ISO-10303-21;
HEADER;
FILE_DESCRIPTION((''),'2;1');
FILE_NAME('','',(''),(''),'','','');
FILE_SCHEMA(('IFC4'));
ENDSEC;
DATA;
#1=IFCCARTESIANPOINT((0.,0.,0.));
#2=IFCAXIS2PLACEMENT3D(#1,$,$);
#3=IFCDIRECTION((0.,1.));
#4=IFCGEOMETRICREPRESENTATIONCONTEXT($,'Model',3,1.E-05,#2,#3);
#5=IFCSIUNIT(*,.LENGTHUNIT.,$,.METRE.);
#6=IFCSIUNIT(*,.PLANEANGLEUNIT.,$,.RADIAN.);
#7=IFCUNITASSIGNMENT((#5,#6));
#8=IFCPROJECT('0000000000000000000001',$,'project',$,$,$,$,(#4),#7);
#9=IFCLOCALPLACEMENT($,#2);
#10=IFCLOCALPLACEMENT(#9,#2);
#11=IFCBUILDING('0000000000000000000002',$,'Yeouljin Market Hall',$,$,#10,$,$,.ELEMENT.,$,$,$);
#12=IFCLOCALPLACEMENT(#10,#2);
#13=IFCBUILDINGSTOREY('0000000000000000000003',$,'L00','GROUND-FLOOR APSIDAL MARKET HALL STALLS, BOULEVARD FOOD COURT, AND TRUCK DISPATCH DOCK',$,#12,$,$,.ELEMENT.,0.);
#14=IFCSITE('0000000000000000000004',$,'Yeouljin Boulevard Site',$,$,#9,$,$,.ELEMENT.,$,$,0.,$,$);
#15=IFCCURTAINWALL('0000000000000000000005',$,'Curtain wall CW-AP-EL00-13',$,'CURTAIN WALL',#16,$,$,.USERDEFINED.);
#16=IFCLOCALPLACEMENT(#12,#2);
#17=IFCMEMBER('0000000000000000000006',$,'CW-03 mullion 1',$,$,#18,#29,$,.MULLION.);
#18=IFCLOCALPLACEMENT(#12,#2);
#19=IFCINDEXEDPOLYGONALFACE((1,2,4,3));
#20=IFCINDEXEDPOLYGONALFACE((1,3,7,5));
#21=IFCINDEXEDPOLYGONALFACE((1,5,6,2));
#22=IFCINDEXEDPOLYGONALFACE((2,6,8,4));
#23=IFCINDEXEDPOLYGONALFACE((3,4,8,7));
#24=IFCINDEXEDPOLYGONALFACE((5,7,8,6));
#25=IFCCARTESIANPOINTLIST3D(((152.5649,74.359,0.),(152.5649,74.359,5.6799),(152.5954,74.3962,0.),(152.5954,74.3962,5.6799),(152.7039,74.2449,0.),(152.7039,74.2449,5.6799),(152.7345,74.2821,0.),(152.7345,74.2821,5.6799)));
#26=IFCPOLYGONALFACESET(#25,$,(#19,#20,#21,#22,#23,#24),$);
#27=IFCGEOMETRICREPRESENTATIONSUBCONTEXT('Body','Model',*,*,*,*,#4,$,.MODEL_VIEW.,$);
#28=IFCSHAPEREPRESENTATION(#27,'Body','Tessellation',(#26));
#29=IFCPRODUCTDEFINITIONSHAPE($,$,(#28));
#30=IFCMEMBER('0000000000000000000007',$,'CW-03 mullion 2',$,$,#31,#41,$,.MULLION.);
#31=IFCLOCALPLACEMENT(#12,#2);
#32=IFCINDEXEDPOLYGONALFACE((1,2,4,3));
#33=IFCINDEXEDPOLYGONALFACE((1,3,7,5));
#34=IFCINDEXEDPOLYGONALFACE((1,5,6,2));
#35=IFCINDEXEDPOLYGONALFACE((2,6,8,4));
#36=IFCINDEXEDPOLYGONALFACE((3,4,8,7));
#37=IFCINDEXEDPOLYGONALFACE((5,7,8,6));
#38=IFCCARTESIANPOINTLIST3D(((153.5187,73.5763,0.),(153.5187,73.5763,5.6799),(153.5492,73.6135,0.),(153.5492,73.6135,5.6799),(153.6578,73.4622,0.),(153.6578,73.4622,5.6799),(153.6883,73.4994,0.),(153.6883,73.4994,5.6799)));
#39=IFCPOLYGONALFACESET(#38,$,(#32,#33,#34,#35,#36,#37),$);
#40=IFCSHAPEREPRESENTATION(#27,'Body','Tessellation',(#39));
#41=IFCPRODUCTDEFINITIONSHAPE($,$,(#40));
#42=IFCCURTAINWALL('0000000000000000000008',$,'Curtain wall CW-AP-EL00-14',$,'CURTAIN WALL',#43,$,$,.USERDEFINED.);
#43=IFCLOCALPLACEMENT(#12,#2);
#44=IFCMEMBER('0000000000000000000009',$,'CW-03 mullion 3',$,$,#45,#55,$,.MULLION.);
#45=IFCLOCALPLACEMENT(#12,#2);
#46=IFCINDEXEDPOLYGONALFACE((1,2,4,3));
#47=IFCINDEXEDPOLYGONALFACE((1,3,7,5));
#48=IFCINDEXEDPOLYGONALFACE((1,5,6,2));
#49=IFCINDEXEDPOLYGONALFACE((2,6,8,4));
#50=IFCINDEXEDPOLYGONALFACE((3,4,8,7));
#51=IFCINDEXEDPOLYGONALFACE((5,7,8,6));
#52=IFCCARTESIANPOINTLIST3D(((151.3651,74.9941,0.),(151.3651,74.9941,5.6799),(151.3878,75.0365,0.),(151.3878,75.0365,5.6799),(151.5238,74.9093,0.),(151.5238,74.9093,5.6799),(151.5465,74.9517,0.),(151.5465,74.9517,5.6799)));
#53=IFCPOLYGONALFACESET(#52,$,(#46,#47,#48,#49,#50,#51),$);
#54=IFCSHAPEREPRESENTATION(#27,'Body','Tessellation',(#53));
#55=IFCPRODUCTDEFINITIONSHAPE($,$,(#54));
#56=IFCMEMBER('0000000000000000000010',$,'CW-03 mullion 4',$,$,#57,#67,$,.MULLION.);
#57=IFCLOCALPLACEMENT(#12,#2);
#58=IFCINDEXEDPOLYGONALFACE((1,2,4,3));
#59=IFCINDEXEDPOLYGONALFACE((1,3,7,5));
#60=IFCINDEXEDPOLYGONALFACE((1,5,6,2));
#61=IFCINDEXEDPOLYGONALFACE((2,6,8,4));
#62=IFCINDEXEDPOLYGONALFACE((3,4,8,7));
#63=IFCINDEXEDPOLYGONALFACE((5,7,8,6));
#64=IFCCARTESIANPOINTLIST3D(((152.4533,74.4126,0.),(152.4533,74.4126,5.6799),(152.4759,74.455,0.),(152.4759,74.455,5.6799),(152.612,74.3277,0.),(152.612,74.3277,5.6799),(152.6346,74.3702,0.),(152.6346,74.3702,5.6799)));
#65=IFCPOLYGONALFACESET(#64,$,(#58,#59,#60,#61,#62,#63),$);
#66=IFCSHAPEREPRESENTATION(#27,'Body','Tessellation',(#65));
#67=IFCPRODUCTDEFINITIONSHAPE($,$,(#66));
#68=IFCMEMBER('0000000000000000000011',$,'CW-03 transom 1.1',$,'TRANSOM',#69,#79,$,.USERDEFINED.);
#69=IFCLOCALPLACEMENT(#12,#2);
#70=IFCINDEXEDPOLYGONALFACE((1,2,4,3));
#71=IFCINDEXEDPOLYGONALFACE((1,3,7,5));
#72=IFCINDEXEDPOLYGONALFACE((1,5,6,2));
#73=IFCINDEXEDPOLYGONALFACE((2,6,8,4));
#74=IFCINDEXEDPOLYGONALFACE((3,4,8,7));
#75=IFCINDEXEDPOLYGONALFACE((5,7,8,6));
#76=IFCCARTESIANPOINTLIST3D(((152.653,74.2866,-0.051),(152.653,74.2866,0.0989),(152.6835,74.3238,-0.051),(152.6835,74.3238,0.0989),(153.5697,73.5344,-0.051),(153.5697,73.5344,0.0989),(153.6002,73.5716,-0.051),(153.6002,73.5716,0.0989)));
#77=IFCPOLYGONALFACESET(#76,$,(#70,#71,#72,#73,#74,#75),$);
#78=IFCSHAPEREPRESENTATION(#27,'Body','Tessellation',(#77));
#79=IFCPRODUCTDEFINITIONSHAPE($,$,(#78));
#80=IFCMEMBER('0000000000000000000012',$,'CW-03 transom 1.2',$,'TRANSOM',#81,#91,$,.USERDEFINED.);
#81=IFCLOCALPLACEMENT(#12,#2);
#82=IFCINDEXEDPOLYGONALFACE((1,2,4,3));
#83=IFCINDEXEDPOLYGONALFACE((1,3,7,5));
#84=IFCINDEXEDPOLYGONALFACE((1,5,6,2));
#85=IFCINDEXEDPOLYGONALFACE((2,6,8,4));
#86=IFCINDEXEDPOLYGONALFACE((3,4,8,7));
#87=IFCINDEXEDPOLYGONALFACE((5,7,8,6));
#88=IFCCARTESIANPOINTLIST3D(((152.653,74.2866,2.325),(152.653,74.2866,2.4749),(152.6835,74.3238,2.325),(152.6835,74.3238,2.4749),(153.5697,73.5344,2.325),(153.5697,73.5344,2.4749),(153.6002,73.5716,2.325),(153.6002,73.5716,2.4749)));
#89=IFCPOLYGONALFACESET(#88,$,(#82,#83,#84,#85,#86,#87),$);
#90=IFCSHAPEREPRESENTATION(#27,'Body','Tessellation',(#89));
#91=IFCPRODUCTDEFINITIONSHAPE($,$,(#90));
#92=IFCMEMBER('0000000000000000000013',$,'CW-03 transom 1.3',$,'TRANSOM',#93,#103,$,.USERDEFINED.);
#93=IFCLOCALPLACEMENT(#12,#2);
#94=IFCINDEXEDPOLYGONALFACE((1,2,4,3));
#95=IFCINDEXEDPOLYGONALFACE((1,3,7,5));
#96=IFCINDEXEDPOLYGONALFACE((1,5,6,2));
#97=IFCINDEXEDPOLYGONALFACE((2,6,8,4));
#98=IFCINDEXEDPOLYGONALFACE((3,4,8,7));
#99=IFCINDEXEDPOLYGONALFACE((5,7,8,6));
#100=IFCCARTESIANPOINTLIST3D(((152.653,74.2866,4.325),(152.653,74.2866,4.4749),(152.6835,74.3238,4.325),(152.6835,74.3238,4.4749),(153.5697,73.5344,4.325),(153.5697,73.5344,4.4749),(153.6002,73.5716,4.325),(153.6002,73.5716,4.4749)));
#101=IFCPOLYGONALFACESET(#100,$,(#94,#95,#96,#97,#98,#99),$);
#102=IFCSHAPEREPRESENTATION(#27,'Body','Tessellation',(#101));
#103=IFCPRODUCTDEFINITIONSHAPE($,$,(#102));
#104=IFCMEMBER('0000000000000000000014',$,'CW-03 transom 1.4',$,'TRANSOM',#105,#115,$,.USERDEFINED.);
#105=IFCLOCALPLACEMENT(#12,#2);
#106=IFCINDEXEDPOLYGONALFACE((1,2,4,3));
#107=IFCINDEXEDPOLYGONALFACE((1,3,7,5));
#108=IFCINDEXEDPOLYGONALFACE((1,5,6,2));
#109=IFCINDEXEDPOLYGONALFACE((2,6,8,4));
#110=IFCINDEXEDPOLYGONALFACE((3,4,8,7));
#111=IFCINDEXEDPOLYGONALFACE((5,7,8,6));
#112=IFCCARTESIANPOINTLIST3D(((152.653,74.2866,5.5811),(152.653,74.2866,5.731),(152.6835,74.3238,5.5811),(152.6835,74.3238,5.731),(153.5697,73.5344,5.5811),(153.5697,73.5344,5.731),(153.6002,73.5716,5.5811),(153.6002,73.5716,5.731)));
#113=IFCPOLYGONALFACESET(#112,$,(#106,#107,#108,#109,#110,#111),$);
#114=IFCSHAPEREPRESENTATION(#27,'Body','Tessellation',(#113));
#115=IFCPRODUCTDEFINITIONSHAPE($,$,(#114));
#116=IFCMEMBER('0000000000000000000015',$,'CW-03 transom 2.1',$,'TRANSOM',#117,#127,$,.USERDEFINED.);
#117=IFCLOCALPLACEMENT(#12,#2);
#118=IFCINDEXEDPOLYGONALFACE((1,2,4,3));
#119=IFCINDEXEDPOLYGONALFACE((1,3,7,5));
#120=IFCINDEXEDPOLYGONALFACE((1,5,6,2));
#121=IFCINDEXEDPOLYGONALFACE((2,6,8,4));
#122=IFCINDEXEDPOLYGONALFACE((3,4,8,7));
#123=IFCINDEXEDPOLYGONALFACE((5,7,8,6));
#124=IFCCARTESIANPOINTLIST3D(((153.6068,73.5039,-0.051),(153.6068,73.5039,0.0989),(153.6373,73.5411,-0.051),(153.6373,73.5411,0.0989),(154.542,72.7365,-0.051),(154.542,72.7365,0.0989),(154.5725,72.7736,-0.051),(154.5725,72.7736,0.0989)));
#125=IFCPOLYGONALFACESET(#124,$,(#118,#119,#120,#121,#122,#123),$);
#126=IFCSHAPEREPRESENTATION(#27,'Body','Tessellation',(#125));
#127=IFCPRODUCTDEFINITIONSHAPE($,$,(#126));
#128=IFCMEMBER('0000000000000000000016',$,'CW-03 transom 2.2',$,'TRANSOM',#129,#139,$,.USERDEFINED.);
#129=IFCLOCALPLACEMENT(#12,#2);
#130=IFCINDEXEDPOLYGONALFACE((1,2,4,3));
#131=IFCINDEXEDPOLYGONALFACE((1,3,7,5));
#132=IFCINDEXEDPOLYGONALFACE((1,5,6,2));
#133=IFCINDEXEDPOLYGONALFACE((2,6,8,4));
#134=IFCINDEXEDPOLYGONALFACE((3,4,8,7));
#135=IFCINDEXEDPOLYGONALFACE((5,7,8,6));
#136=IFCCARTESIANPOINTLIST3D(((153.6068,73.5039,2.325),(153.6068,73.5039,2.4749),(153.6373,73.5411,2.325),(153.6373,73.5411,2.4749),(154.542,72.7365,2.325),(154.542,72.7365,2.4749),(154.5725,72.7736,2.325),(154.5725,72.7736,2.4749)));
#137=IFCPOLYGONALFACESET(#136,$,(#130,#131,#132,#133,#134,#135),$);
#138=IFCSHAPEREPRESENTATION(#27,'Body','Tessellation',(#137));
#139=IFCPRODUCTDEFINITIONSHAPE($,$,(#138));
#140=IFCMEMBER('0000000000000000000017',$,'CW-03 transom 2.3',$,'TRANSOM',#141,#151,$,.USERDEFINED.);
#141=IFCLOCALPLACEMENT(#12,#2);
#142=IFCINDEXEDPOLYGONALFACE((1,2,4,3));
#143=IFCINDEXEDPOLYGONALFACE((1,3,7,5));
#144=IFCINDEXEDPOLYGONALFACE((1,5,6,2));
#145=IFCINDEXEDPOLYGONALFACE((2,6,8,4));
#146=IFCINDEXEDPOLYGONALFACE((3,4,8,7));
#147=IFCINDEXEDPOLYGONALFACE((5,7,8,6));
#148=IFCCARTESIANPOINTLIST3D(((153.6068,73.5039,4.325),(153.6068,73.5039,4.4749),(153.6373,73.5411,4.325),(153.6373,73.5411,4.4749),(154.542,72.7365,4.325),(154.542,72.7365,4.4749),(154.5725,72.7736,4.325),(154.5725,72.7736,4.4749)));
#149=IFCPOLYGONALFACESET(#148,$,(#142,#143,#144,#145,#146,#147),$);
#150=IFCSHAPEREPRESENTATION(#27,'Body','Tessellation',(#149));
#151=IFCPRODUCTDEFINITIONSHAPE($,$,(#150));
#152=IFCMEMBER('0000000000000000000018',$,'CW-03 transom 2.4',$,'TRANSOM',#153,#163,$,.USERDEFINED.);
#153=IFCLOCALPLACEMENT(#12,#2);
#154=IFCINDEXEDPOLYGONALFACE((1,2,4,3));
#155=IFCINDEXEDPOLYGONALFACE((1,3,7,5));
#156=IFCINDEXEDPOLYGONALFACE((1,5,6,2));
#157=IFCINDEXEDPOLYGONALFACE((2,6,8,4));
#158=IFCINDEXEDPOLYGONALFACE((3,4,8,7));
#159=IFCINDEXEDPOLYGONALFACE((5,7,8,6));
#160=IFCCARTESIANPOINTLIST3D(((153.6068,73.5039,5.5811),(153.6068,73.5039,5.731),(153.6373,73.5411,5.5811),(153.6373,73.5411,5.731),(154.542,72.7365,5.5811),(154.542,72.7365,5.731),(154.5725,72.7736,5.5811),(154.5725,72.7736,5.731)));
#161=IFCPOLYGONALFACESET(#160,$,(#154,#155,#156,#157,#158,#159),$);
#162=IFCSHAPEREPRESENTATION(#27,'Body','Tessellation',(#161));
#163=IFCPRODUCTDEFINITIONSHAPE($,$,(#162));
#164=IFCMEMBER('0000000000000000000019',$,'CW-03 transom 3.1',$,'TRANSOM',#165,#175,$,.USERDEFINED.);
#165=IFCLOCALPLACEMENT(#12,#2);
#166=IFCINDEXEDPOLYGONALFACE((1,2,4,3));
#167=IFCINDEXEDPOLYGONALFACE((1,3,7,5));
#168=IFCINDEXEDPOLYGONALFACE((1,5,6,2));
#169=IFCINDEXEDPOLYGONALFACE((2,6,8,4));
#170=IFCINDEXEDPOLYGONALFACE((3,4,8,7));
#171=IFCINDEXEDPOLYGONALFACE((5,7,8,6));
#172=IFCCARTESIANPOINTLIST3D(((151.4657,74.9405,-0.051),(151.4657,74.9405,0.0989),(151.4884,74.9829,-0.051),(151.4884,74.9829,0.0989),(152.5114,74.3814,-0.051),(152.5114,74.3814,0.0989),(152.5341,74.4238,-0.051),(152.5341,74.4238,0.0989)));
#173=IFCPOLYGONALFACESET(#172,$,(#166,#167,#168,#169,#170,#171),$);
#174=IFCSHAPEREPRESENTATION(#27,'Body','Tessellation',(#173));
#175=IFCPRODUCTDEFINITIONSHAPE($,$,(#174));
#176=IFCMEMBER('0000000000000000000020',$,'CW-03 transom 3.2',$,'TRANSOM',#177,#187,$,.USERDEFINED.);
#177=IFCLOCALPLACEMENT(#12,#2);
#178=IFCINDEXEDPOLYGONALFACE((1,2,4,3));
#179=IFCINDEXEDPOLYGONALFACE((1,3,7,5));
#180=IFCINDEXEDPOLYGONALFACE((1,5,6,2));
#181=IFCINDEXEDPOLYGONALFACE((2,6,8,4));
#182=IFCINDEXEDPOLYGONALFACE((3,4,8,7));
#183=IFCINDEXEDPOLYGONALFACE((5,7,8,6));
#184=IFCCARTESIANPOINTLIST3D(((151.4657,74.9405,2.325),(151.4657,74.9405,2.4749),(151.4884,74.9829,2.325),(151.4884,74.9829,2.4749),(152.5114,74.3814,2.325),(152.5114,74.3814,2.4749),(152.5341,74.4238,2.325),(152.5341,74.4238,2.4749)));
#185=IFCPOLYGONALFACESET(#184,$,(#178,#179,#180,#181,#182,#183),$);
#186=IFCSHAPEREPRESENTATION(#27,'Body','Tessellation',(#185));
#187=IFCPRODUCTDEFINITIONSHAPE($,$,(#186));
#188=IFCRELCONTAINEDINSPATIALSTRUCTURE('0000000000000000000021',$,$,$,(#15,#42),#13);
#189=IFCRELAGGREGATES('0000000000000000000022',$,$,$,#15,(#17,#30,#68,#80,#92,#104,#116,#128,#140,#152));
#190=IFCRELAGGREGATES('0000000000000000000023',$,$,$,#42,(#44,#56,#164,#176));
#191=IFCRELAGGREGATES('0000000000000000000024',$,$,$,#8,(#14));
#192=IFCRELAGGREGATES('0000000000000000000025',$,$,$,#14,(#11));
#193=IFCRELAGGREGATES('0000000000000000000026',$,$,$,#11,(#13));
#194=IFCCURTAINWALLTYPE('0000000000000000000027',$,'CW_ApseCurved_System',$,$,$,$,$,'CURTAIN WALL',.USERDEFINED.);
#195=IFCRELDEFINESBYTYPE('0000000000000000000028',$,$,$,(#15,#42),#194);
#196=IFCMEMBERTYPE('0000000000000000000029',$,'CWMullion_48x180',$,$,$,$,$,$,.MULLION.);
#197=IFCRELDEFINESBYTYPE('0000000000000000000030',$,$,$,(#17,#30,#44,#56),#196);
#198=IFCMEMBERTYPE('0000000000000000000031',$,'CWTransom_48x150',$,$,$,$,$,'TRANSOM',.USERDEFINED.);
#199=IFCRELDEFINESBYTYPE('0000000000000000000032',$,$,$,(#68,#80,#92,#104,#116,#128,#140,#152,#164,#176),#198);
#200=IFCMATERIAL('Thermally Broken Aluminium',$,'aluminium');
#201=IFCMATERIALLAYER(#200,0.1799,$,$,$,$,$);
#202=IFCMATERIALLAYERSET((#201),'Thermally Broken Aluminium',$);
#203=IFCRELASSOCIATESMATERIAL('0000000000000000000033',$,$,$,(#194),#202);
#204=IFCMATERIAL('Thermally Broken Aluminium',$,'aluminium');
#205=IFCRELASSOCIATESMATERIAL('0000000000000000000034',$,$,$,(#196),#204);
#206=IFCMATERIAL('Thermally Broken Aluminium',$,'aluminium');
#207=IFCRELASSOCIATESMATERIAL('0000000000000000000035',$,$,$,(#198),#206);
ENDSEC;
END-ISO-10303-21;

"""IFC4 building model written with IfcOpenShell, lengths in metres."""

from ifc_helpers import new_model, si_unit, direction, frame, origin, origin_2d, place, context, subcontext, project, spatial, rectangle, extrude, material, layer, layer_set, material_profile, profile_set, type_object, element, aggregate, save


model = new_model("IFC4")

# Units and contexts
model_context = context("Model", 3, precision=1e-05, world=origin(), true_north=direction((0.0, 1.0)))
body_context = subcontext(model_context, "Body", "Model", "MODEL_VIEW")
ifc_project = project(units=[si_unit("LENGTHUNIT", "METRE"), si_unit("PLANEANGLEUNIT", "RADIAN")], contexts=[model_context])

# Site, building, storey
site_placement = place(None, origin())
site = spatial("IfcSite", under=ifc_project, at=site_placement, Name="Yeouljin Boulevard Site", CompositionType="ELEMENT", RefElevation=0.0)
building_placement = place(site_placement, origin())
building = spatial("IfcBuilding", under=site, at=building_placement, Name="Yeouljin Market Hall", CompositionType="ELEMENT")
storey_placement = place(building_placement, origin())
storey = spatial("IfcBuildingStorey", under=building, at=storey_placement, Name="L00", Description="GROUND-FLOOR APSIDAL MARKET HALL STALLS, BOULEVARD FOOD COURT, AND TRUCK DISPATCH DOCK", CompositionType="ELEMENT", Elevation=0.0)

# Curtain walls, members
ifc_material_1 = material(Name="Thermally Broken Aluminium", Category="aluminium")
ifc_layer_1 = layer(ifc_material_1, 0.1799)
ifc_layer_set_1 = layer_set([ifc_layer_1], Name="Thermally Broken Aluminium")
curtain_wall_type = type_object("IfcCurtainWallType", Name="CW_ApseCurved_System", ElementType="CURTAIN WALL", PredefinedType="USERDEFINED", material=ifc_layer_set_1)
curtain_wall_1_placement = place(storey_placement, origin())
curtain_wall_1 = element("IfcCurtainWall", 1, at=curtain_wall_1_placement, inside=storey, type_object=curtain_wall_type, Name="Curtain wall CW-AP-EL00-13", ObjectType="CURTAIN WALL", PredefinedType="USERDEFINED")
ifc_material_2 = material(Name="Thermally Broken Aluminium", Category="aluminium")
ifc_material_profile_1 = material_profile(ifc_material_2, rectangle(XDim=0.0481, YDim=0.1799, at=origin_2d()), Name="CW-MULL-48x180")
ifc_profile_set_1 = profile_set([ifc_material_profile_1], Name="Thermally Broken Aluminium")
member_type_1 = type_object("IfcMemberType", Name="CWMullion_48x180", PredefinedType="MULLION", material=ifc_profile_set_1)
member_1_placement = place(storey_placement, frame((152.6497, 74.3206, 0.0), z_axis=(0.0, 0.0, 1.0), x_axis=(0.634384, 0.773018, 0.0)))
member_1 = element("IfcMember", 2, at=member_1_placement, type_object=member_type_1, Name="CW-03 mullion 1", PredefinedType="MULLION", context=body_context, shape_type="SweptSolid", body=[
    extrude(rectangle(XDim=0.0481, YDim=0.1799, at=origin_2d()), origin(), (0.0, 0.0, 1.0), 5.6799),
])
member_2_placement = place(storey_placement, frame((153.6035, 73.5378, 0.0), z_axis=(0.0, 0.0, 1.0), x_axis=(0.634384, 0.773018, 0.0)))
member_2 = element("IfcMember", 3, at=member_2_placement, type_object=member_type_1, Name="CW-03 mullion 2", PredefinedType="MULLION", context=body_context, shape_type="SweptSolid", body=[
    extrude(rectangle(XDim=0.0481, YDim=0.1799, at=origin_2d()), origin(), (0.0, 0.0, 1.0), 5.6799),
])
curtain_wall_2_placement = place(storey_placement, origin())
curtain_wall_2 = element("IfcCurtainWall", 4, at=curtain_wall_2_placement, inside=storey, type_object=curtain_wall_type, Name="Curtain wall CW-AP-EL00-14", ObjectType="CURTAIN WALL", PredefinedType="USERDEFINED")
member_3_placement = place(storey_placement, frame((151.4558, 74.9729, 0.0), z_axis=(0.0, 0.0, 1.0), x_axis=(0.471378, 0.881931, 0.0)))
member_3 = element("IfcMember", 5, at=member_3_placement, type_object=member_type_1, Name="CW-03 mullion 3", PredefinedType="MULLION", context=body_context, shape_type="SweptSolid", body=[
    extrude(rectangle(XDim=0.0481, YDim=0.1799, at=origin_2d()), origin(), (0.0, 0.0, 1.0), 5.6799),
])
member_4_placement = place(storey_placement, frame((152.5439, 74.3914, 0.0), z_axis=(0.0, 0.0, 1.0), x_axis=(0.471378, 0.881931, 0.0)))
member_4 = element("IfcMember", 6, at=member_4_placement, type_object=member_type_1, Name="CW-03 mullion 4", PredefinedType="MULLION", context=body_context, shape_type="SweptSolid", body=[
    extrude(rectangle(XDim=0.0481, YDim=0.1799, at=origin_2d()), origin(), (0.0, 0.0, 1.0), 5.6799),
])

# Members
ifc_material_3 = material(Name="Thermally Broken Aluminium", Category="aluminium")
ifc_material_profile_2 = material_profile(ifc_material_3, rectangle(XDim=0.0481, YDim=0.1499, at=origin_2d()), Name="CW-TRAN-48x150")
ifc_profile_set_2 = profile_set([ifc_material_profile_2], Name="Thermally Broken Aluminium")
member_type_2 = type_object("IfcMemberType", Name="CWTransom_48x150", ElementType="TRANSOM", PredefinedType="USERDEFINED", material=ifc_profile_set_2)
member_5_placement = place(storey_placement, frame((152.6682, 74.3052, 0.0239), z_axis=(0.773076, -0.634313, 0.0), x_axis=(0.634313, 0.773076, 0.0)))
member_5 = element("IfcMember", 7, at=member_5_placement, type_object=member_type_2, Name="CW-03 transom 1.1", ObjectType="TRANSOM", PredefinedType="USERDEFINED", context=body_context, shape_type="SweptSolid", body=[
    extrude(rectangle(XDim=0.0481, YDim=0.1499, at=origin_2d()), origin(), (0.0, 0.0, 1.0), 1.1858),
])
member_6_placement = place(storey_placement, frame((152.6682, 74.3052, 2.3999), z_axis=(0.773076, -0.634313, 0.0), x_axis=(0.634313, 0.773076, 0.0)))
member_6 = element("IfcMember", 8, at=member_6_placement, type_object=member_type_2, Name="CW-03 transom 1.2", ObjectType="TRANSOM", PredefinedType="USERDEFINED", context=body_context, shape_type="SweptSolid", body=[
    extrude(rectangle(XDim=0.0481, YDim=0.1499, at=origin_2d()), origin(), (0.0, 0.0, 1.0), 1.1858),
])
member_7_placement = place(storey_placement, frame((152.6682, 74.3052, 4.3999), z_axis=(0.773076, -0.634313, 0.0), x_axis=(0.634313, 0.773076, 0.0)))
member_7 = element("IfcMember", 9, at=member_7_placement, type_object=member_type_2, Name="CW-03 transom 1.3", ObjectType="TRANSOM", PredefinedType="USERDEFINED", context=body_context, shape_type="SweptSolid", body=[
    extrude(rectangle(XDim=0.0481, YDim=0.1499, at=origin_2d()), origin(), (0.0, 0.0, 1.0), 1.1858),
])
member_8_placement = place(storey_placement, frame((152.6682, 74.3052, 5.656), z_axis=(0.773076, -0.634313, 0.0), x_axis=(0.634313, 0.773076, 0.0)))
member_8 = element("IfcMember", 10, at=member_8_placement, type_object=member_type_2, Name="CW-03 transom 1.4", ObjectType="TRANSOM", PredefinedType="USERDEFINED", context=body_context, shape_type="SweptSolid", body=[
    extrude(rectangle(XDim=0.0481, YDim=0.1499, at=origin_2d()), origin(), (0.0, 0.0, 1.0), 1.1858),
])
member_9_placement = place(storey_placement, frame((153.6221, 73.5225, 0.0239), z_axis=(0.77303, -0.634369, 0.0), x_axis=(0.634369, 0.77303, 0.0)))
member_9 = element("IfcMember", 11, at=member_9_placement, type_object=member_type_2, Name="CW-03 transom 2.1", ObjectType="TRANSOM", PredefinedType="USERDEFINED", context=body_context, shape_type="SweptSolid", body=[
    extrude(rectangle(XDim=0.0481, YDim=0.1499, at=origin_2d()), origin(), (0.0, 0.0, 1.0), 1.2097),
])
member_10_placement = place(storey_placement, frame((153.6221, 73.5225, 2.3999), z_axis=(0.77303, -0.634369, 0.0), x_axis=(0.634369, 0.77303, 0.0)))
member_10 = element("IfcMember", 12, at=member_10_placement, type_object=member_type_2, Name="CW-03 transom 2.2", ObjectType="TRANSOM", PredefinedType="USERDEFINED", context=body_context, shape_type="SweptSolid", body=[
    extrude(rectangle(XDim=0.0481, YDim=0.1499, at=origin_2d()), origin(), (0.0, 0.0, 1.0), 1.2097),
])
member_11_placement = place(storey_placement, frame((153.6221, 73.5225, 4.3999), z_axis=(0.77303, -0.634369, 0.0), x_axis=(0.634369, 0.77303, 0.0)))
member_11 = element("IfcMember", 13, at=member_11_placement, type_object=member_type_2, Name="CW-03 transom 2.3", ObjectType="TRANSOM", PredefinedType="USERDEFINED", context=body_context, shape_type="SweptSolid", body=[
    extrude(rectangle(XDim=0.0481, YDim=0.1499, at=origin_2d()), origin(), (0.0, 0.0, 1.0), 1.2097),
])
member_12_placement = place(storey_placement, frame((153.6221, 73.5225, 5.656), z_axis=(0.77303, -0.634369, 0.0), x_axis=(0.634369, 0.77303, 0.0)))
member_12 = element("IfcMember", 14, at=member_12_placement, type_object=member_type_2, Name="CW-03 transom 2.4", ObjectType="TRANSOM", PredefinedType="USERDEFINED", context=body_context, shape_type="SweptSolid", body=[
    extrude(rectangle(XDim=0.0481, YDim=0.1499, at=origin_2d()), origin(), (0.0, 0.0, 1.0), 1.2097),
])
member_13_placement = place(storey_placement, frame((151.4771, 74.9617, 0.0239), z_axis=(0.881862, -0.471507, 0.0), x_axis=(0.471507, 0.881862, 0.0)))
member_13 = element("IfcMember", 15, at=member_13_placement, type_object=member_type_2, Name="CW-03 transom 3.1", ObjectType="TRANSOM", PredefinedType="USERDEFINED", context=body_context, shape_type="SweptSolid", body=[
    extrude(rectangle(XDim=0.0481, YDim=0.1499, at=origin_2d()), origin(), (0.0, 0.0, 1.0), 1.1858),
])
member_14_placement = place(storey_placement, frame((151.4771, 74.9617, 2.3999), z_axis=(0.881862, -0.471507, 0.0), x_axis=(0.471507, 0.881862, 0.0)))
member_14 = element("IfcMember", 16, at=member_14_placement, type_object=member_type_2, Name="CW-03 transom 3.2", ObjectType="TRANSOM", PredefinedType="USERDEFINED", context=body_context, shape_type="SweptSolid", body=[
    extrude(rectangle(XDim=0.0481, YDim=0.1499, at=origin_2d()), origin(), (0.0, 0.0, 1.0), 1.1858),
])

aggregate(curtain_wall_1, [member_1, member_2, member_5, member_6, member_7, member_8, member_9, member_10, member_11, member_12])
aggregate(curtain_wall_2, [member_3, member_4, member_13, member_14])

save(model, "model.ifc")
